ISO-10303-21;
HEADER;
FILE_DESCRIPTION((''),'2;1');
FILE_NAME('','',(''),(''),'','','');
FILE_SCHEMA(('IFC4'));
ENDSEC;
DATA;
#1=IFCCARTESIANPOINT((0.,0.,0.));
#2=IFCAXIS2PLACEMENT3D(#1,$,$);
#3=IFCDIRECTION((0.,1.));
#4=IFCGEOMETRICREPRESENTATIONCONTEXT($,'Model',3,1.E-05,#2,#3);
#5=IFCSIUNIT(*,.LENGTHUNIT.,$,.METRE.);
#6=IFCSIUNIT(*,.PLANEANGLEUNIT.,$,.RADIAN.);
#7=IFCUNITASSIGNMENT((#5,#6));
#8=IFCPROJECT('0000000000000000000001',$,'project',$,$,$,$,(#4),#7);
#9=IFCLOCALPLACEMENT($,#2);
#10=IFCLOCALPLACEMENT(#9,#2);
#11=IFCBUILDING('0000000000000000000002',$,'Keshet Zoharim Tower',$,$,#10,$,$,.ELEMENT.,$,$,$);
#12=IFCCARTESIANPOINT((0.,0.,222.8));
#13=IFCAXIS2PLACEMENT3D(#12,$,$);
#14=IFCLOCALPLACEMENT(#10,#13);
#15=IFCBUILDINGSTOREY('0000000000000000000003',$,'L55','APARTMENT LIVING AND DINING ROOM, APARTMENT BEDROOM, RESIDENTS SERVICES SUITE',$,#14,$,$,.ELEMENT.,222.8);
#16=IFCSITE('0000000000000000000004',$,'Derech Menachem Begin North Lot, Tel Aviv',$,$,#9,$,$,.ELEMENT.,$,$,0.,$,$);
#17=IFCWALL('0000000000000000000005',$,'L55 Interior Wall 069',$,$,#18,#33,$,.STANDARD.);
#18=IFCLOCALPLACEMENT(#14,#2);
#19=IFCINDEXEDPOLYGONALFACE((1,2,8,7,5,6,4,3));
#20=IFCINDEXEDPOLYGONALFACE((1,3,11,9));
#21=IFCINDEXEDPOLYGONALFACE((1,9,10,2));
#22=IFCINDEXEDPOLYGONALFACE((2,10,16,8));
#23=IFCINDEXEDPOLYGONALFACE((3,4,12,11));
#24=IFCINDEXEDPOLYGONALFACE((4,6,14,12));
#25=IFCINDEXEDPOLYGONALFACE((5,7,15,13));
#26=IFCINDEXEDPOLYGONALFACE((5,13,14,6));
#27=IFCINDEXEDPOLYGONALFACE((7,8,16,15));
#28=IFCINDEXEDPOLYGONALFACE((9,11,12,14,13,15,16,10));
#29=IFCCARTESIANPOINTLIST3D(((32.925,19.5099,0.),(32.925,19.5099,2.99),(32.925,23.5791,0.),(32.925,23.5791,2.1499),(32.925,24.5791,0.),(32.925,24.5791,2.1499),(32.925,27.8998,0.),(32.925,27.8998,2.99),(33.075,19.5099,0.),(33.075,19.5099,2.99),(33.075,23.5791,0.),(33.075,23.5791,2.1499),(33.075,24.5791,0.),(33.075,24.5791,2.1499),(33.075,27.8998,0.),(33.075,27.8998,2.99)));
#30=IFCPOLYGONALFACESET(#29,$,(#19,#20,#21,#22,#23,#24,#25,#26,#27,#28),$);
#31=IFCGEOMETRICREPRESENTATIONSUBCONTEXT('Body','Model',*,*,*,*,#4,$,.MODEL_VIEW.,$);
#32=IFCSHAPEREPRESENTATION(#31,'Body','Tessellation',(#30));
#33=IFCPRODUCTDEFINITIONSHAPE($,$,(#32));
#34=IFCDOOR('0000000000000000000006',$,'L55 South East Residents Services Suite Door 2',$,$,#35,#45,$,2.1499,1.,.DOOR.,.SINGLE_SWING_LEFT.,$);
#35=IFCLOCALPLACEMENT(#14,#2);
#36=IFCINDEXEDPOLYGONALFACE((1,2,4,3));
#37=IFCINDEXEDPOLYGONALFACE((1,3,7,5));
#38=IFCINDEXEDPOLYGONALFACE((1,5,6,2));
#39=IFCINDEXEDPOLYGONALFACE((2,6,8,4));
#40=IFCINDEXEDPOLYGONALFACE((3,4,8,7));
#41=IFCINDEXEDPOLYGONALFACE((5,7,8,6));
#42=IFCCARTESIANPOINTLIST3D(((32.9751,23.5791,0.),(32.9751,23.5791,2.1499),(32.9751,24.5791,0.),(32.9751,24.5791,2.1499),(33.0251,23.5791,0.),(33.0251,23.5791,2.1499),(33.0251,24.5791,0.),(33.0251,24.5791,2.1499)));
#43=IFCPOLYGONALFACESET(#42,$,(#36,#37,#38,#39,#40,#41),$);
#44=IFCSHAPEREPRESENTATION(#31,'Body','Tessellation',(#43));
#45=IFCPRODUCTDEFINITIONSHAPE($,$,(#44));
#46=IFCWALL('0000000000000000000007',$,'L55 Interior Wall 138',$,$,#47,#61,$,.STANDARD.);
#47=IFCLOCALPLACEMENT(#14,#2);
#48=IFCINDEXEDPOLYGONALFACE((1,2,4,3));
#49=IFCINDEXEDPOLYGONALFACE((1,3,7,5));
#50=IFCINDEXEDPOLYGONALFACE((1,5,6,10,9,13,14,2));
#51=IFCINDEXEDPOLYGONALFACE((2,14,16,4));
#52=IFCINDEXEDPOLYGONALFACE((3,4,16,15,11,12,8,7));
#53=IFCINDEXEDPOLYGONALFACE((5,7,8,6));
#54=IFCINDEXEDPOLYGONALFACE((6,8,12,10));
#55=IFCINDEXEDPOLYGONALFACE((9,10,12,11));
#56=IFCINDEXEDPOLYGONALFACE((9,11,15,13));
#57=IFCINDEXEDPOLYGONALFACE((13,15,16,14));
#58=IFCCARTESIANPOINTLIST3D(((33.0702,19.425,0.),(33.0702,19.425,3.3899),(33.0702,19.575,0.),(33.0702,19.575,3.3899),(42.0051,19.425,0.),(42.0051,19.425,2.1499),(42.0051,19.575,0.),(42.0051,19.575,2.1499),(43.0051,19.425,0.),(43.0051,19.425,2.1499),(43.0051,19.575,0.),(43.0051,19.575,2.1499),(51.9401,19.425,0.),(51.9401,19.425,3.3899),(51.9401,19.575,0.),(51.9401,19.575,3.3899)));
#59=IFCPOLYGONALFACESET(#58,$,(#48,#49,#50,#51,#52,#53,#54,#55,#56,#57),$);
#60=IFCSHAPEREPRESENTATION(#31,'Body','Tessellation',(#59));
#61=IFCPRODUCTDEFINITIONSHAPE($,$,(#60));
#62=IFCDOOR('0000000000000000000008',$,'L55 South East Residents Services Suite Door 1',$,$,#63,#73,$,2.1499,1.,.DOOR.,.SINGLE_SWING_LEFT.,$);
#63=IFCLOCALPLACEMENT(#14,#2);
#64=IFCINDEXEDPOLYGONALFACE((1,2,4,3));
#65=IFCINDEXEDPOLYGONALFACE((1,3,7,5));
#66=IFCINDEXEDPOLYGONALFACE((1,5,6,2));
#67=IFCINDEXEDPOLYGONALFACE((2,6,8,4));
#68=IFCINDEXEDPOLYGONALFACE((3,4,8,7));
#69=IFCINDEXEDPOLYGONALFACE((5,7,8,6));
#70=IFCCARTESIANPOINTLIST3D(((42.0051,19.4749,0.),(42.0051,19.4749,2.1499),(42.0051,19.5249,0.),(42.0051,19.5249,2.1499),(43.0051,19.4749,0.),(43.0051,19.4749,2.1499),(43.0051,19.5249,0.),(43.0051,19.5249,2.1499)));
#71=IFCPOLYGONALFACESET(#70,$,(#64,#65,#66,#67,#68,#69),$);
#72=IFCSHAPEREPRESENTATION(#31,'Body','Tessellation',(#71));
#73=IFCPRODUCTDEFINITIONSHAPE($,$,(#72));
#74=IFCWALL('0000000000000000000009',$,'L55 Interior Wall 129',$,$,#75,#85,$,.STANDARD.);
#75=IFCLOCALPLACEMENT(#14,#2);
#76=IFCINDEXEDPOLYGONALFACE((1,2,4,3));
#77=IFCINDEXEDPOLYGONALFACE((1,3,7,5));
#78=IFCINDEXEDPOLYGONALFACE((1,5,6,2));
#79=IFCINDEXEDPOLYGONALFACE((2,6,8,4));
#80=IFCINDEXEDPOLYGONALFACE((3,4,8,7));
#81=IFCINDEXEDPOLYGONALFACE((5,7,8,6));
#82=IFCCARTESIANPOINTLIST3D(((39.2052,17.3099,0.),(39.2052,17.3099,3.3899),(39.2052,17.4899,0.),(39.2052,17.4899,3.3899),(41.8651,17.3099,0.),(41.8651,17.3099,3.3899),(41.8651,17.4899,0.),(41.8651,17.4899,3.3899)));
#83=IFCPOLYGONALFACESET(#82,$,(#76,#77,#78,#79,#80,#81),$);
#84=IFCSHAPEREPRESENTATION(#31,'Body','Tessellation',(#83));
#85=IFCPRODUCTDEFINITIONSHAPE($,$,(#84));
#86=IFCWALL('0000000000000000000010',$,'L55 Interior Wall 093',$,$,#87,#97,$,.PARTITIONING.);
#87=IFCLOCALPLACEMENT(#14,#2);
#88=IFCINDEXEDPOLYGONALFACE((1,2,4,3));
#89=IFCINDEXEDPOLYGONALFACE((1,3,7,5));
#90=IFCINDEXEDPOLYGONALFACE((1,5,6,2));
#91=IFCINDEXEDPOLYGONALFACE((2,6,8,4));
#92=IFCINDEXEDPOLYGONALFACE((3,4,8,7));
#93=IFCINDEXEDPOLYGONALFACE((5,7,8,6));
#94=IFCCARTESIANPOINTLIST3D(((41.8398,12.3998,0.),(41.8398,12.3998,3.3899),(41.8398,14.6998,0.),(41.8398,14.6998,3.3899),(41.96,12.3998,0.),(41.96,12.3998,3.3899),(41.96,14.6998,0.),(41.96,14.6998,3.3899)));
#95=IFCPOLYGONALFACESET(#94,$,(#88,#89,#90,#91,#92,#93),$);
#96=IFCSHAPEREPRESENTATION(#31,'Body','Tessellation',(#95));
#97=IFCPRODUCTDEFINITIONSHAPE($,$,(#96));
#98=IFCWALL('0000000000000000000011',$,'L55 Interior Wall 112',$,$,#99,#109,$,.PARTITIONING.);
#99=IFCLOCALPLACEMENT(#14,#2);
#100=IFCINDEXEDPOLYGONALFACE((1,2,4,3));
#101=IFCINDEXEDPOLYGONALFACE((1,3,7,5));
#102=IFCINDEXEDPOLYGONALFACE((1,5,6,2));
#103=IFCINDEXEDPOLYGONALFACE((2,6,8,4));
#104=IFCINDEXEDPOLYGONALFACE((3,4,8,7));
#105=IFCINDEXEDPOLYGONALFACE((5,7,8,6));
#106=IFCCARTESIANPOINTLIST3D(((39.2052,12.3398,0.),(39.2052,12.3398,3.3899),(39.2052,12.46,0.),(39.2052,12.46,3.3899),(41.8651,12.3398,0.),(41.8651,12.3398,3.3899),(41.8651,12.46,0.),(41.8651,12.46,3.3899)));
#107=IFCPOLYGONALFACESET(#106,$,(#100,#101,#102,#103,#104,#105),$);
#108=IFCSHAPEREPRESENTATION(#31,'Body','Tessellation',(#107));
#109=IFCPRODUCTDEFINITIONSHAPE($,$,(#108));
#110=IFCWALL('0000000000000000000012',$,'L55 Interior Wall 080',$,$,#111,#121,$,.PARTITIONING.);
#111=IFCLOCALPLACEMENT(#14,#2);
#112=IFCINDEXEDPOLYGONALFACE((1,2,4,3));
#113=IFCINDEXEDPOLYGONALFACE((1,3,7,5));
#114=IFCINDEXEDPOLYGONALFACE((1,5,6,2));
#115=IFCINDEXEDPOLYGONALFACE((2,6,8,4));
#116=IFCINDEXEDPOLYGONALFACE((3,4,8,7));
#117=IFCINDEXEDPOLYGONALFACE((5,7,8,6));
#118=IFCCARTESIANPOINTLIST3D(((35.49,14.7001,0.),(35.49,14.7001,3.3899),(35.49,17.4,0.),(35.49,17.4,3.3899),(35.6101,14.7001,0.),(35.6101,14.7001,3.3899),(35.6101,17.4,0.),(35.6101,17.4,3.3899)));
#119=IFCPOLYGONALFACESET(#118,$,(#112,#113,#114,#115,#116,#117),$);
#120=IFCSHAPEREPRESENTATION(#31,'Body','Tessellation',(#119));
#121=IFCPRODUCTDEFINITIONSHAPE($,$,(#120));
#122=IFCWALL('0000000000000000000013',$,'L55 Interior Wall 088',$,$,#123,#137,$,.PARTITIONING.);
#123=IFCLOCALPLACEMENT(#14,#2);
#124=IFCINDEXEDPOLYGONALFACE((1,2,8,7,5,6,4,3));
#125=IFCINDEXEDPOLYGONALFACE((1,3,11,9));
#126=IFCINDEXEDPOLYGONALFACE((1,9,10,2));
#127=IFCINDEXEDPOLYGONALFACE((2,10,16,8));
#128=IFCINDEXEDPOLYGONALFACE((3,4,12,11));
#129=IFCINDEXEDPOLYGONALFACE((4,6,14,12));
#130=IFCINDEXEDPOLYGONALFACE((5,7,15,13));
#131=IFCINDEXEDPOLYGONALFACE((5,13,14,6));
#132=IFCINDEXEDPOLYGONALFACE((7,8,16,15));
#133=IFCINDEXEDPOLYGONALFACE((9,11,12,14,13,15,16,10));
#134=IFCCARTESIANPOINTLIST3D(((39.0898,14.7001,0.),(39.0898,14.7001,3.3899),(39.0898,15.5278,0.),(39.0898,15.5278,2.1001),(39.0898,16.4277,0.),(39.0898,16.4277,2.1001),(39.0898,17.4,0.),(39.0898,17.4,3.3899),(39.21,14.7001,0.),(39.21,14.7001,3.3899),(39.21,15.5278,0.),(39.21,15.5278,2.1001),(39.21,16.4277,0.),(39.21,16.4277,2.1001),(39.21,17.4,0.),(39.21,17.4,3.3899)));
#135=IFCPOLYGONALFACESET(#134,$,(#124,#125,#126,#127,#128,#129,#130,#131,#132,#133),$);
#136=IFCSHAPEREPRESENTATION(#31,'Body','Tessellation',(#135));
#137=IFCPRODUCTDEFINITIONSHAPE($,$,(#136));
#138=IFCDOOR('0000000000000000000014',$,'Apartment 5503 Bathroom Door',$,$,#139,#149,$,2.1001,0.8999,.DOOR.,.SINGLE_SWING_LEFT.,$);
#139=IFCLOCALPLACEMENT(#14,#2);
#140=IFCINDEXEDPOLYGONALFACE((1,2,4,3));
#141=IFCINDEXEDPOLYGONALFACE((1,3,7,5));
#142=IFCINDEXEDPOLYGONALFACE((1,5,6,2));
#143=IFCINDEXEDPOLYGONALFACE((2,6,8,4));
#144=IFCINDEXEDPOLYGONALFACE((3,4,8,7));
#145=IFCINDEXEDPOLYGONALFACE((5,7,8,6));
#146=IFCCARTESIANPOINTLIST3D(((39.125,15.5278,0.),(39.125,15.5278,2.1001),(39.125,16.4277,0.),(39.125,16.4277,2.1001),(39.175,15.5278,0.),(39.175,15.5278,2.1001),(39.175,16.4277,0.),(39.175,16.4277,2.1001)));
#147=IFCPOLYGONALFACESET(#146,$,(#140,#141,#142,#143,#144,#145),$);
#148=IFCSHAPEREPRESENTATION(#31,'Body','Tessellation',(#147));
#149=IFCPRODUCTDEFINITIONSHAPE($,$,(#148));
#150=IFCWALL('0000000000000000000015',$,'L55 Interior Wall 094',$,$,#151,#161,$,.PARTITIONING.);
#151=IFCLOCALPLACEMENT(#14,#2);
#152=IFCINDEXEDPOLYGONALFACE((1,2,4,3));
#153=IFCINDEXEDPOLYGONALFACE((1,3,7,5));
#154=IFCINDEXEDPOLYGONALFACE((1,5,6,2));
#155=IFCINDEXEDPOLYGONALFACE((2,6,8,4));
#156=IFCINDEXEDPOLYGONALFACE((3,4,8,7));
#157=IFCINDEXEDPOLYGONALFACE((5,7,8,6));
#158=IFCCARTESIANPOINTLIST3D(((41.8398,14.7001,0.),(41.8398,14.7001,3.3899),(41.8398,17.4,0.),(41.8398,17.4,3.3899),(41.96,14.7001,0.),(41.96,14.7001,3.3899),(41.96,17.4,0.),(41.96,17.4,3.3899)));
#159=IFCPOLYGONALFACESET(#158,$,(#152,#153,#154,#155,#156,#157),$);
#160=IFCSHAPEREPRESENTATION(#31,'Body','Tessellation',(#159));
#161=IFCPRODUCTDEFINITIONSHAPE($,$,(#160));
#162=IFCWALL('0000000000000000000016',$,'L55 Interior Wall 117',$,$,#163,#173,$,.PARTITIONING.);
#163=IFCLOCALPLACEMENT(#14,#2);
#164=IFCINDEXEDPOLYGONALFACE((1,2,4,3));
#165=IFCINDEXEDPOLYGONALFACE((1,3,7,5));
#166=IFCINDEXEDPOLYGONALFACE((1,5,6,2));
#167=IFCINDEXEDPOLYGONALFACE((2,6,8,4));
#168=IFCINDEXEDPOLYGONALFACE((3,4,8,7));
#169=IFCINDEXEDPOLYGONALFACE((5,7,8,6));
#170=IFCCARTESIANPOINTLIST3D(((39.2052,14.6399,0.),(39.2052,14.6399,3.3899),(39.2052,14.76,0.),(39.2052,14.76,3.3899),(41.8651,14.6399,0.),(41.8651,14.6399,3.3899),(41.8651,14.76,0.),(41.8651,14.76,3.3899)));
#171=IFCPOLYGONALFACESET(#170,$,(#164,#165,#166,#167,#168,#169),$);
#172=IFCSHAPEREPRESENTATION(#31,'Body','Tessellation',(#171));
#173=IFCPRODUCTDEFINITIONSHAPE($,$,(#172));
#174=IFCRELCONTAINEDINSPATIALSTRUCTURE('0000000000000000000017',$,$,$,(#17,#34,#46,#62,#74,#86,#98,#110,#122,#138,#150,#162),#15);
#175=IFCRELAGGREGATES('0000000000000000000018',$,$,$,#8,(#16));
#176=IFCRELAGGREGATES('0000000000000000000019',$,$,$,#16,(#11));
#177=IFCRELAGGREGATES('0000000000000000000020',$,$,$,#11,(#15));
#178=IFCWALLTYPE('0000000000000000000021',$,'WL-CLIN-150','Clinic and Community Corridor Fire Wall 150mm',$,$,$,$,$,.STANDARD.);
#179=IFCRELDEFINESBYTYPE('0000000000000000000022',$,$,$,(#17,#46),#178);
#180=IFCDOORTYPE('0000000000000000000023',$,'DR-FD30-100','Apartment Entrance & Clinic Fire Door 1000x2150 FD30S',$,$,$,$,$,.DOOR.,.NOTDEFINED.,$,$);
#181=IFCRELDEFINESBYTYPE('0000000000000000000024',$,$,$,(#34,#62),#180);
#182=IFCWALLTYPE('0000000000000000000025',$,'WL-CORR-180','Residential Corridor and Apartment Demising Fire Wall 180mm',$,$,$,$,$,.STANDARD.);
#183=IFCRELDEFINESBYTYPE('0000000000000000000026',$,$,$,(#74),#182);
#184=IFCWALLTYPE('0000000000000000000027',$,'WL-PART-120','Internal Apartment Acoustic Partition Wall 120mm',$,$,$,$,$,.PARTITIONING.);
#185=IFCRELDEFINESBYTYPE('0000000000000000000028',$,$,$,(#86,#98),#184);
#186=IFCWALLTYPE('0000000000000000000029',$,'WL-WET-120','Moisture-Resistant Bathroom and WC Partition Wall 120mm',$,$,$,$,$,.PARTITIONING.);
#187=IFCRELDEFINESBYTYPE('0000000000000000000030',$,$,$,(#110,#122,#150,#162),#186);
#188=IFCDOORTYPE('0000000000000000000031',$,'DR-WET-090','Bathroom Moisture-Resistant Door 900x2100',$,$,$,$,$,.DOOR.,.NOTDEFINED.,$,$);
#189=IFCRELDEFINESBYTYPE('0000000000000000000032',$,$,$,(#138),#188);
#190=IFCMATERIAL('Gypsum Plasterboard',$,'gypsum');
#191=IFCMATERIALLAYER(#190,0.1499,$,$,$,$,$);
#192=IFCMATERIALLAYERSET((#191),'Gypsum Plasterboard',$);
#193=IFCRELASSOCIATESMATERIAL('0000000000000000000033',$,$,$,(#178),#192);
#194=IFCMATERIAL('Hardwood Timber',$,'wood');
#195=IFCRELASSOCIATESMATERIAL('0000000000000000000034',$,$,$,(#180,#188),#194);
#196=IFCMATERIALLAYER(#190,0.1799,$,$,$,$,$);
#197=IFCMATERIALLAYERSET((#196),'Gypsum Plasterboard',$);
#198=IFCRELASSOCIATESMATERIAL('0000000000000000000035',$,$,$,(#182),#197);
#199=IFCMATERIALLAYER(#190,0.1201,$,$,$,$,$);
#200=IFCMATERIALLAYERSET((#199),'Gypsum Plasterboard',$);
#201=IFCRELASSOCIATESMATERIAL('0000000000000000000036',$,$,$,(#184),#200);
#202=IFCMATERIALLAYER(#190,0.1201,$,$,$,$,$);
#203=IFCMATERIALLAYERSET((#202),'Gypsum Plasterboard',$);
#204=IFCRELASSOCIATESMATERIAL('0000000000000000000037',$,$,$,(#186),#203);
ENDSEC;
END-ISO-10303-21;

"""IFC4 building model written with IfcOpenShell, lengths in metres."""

from ifc_helpers import new_model, si_unit, direction, frame, frame_2d, origin, place, context, subcontext, project, spatial, rectangle, extrude, material, layer, layer_set, type_object, element, fill, save


model = new_model("IFC4")

# Units and contexts
model_context = context("Model", 3, precision=1e-05, world=origin(), true_north=direction((0.0, 1.0)))
body_context = subcontext(model_context, "Body", "Model", "MODEL_VIEW")
ifc_project = project(units=[si_unit("LENGTHUNIT", "METRE"), si_unit("PLANEANGLEUNIT", "RADIAN")], contexts=[model_context])

# Site, building, storey
site_placement = place(None, origin())
site = spatial("IfcSite", under=ifc_project, at=site_placement, Name="Derech Menachem Begin North Lot, Tel Aviv", CompositionType="ELEMENT", RefElevation=0.0)
building_placement = place(site_placement, origin())
building = spatial("IfcBuilding", under=site, at=building_placement, Name="Keshet Zoharim Tower", CompositionType="ELEMENT")
storey_placement = place(building_placement, frame((0.0, 0.0, 222.8)))
storey = spatial("IfcBuildingStorey", under=building, at=storey_placement, Name="L55", Description="APARTMENT LIVING AND DINING ROOM, APARTMENT BEDROOM, RESIDENTS SERVICES SUITE", CompositionType="ELEMENT", Elevation=222.8)

# Walls, openings, doors
ifc_material_1 = material(Name="Gypsum Plasterboard", Category="gypsum")
ifc_layer_1 = layer(ifc_material_1, 0.1499)
ifc_layer_set_1 = layer_set([ifc_layer_1], Name="Gypsum Plasterboard")
wall_type_1 = type_object("IfcWallType", Name="WL-CLIN-150", Description="Clinic and Community Corridor Fire Wall 150mm", PredefinedType="STANDARD", material=ifc_layer_set_1)
wall_1_placement = place(storey_placement, frame((33.0, 19.51, 0.0), z_axis=(0.0, 0.0, 1.0), x_axis=(0.0, 1.0, 0.0)))
wall_1 = element("IfcWall", 1, at=wall_1_placement, inside=storey, type_object=wall_type_1, Name="L55 Interior Wall 069", PredefinedType="STANDARD", context=body_context, shape_type="SweptSolid", body=[
    extrude(rectangle(XDim=8.3899, YDim=0.1499, at=frame_2d((4.1948, 0.0))), origin(), (0.0, 0.0, 1.0), 2.99),
])
opening_1_placement = place(wall_1_placement, frame((4.0691, 0.0, 0.0)))
opening_1 = element("IfcOpeningElement", 2, at=opening_1_placement, cuts=wall_1, PredefinedType="OPENING", context=body_context, shape_type="SweptSolid", body=[
    extrude(rectangle(XDim=1.0, YDim=2.1499, at=frame_2d((0.5, 1.075))), frame((0.0, 0.085, 0.0), z_axis=(0.0, -1.0, 0.0), x_axis=(1.0, 0.0, 0.0)), (0.0, 0.0, 1.0), 0.1699),
])
ifc_material_2 = material(Name="Hardwood Timber", Category="wood")
door_type_1 = type_object("IfcDoorType", Name="DR-FD30-100", Description="Apartment Entrance & Clinic Fire Door 1000x2150 FD30S", OperationType="NOTDEFINED", PredefinedType="DOOR", material=ifc_material_2)
door_1_placement = place(opening_1_placement, origin())
door_1 = element("IfcDoor", 3, at=door_1_placement, inside=storey, type_object=door_type_1, Name="L55 South East Residents Services Suite Door 2", OperationType="SINGLE_SWING_LEFT", OverallHeight=2.1499, OverallWidth=1.0, PredefinedType="DOOR", context=body_context, shape_type="SweptSolid", body=[
    extrude(rectangle(XDim=1.0, YDim=2.1499, at=frame_2d((0.5, 1.075))), frame((0.0, 0.0249, 0.0), z_axis=(0.0, -1.0, 0.0), x_axis=(1.0, 0.0, 0.0)), (0.0, 0.0, 1.0), 0.05),
])
fill(opening_1, door_1)
wall_2_placement = place(storey_placement, frame((33.0701, 19.5, 0.0), z_axis=(0.0, 0.0, 1.0), x_axis=(1.0, 0.0, 0.0)))
wall_2 = element("IfcWall", 4, at=wall_2_placement, inside=storey, type_object=wall_type_1, Name="L55 Interior Wall 138", PredefinedType="STANDARD", context=body_context, shape_type="SweptSolid", body=[
    extrude(rectangle(XDim=18.8699, YDim=0.1499, at=frame_2d((9.4351, 0.0))), origin(), (0.0, 0.0, 1.0), 3.3899),
])
opening_2_placement = place(wall_2_placement, frame((8.9351, 0.0, 0.0)))
opening_2 = element("IfcOpeningElement", 5, at=opening_2_placement, cuts=wall_2, PredefinedType="OPENING", context=body_context, shape_type="SweptSolid", body=[
    extrude(rectangle(XDim=1.0, YDim=2.1499, at=frame_2d((0.5, 1.075))), frame((0.0, 0.085, 0.0), z_axis=(0.0, -1.0, 0.0), x_axis=(1.0, 0.0, 0.0)), (0.0, 0.0, 1.0), 0.1699),
])
door_2_placement = place(opening_2_placement, origin())
door_2 = element("IfcDoor", 6, at=door_2_placement, inside=storey, type_object=door_type_1, Name="L55 South East Residents Services Suite Door 1", OperationType="SINGLE_SWING_LEFT", OverallHeight=2.1499, OverallWidth=1.0, PredefinedType="DOOR", context=body_context, shape_type="SweptSolid", body=[
    extrude(rectangle(XDim=1.0, YDim=2.1499, at=frame_2d((0.5, 1.075))), frame((0.0, 0.0249, 0.0), z_axis=(0.0, -1.0, 0.0), x_axis=(1.0, 0.0, 0.0)), (0.0, 0.0, 1.0), 0.05),
])
fill(opening_2, door_2)
ifc_layer_2 = layer(ifc_material_1, 0.1799)
ifc_layer_set_2 = layer_set([ifc_layer_2], Name="Gypsum Plasterboard")
wall_type_2 = type_object("IfcWallType", Name="WL-CORR-180", Description="Residential Corridor and Apartment Demising Fire Wall 180mm", PredefinedType="STANDARD", material=ifc_layer_set_2)

# Wall
wall_3_placement = place(storey_placement, frame((39.2051, 17.3999, 0.0), z_axis=(0.0, 0.0, 1.0), x_axis=(1.0, 0.0, 0.0)))
element("IfcWall", 7, at=wall_3_placement, inside=storey, type_object=wall_type_2, Name="L55 Interior Wall 129", PredefinedType="STANDARD", context=body_context, shape_type="SweptSolid", body=[
    extrude(rectangle(XDim=2.6599, YDim=0.1799, at=frame_2d((1.3301, 0.0))), origin(), (0.0, 0.0, 1.0), 3.3899),
])

# Shared definitions
ifc_layer_3 = layer(ifc_material_1, 0.1201)
ifc_layer_set_3 = layer_set([ifc_layer_3], Name="Gypsum Plasterboard")
wall_type_3 = type_object("IfcWallType", Name="WL-PART-120", Description="Internal Apartment Acoustic Partition Wall 120mm", PredefinedType="PARTITIONING", material=ifc_layer_set_3)

# Walls
wall_4_placement = place(storey_placement, frame((41.8999, 12.3999, 0.0), z_axis=(0.0, 0.0, 1.0), x_axis=(0.0, 1.0, 0.0)))
element("IfcWall", 8, at=wall_4_placement, inside=storey, type_object=wall_type_3, Name="L55 Interior Wall 093", PredefinedType="PARTITIONING", context=body_context, shape_type="SweptSolid", body=[
    extrude(rectangle(XDim=2.3, YDim=0.1201, at=frame_2d((1.1499, 0.0))), origin(), (0.0, 0.0, 1.0), 3.3899),
])
wall_5_placement = place(storey_placement, frame((39.2051, 12.3999, 0.0), z_axis=(0.0, 0.0, 1.0), x_axis=(1.0, 0.0, 0.0)))
element("IfcWall", 9, at=wall_5_placement, inside=storey, type_object=wall_type_3, Name="L55 Interior Wall 112", PredefinedType="PARTITIONING", context=body_context, shape_type="SweptSolid", body=[
    extrude(rectangle(XDim=2.6599, YDim=0.1201, at=frame_2d((1.3301, 0.0))), origin(), (0.0, 0.0, 1.0), 3.3899),
])
ifc_layer_4 = layer(ifc_material_1, 0.1201)
ifc_layer_set_4 = layer_set([ifc_layer_4], Name="Gypsum Plasterboard")
wall_type_4 = type_object("IfcWallType", Name="WL-WET-120", Description="Moisture-Resistant Bathroom and WC Partition Wall 120mm", PredefinedType="PARTITIONING", material=ifc_layer_set_4)
wall_6_placement = place(storey_placement, frame((35.55, 14.7, 0.0), z_axis=(0.0, 0.0, 1.0), x_axis=(0.0, 1.0, 0.0)))
element("IfcWall", 10, at=wall_6_placement, inside=storey, type_object=wall_type_4, Name="L55 Interior Wall 080", PredefinedType="PARTITIONING", context=body_context, shape_type="SweptSolid", body=[
    extrude(rectangle(XDim=2.7, YDim=0.1201, at=frame_2d((1.3501, 0.0))), origin(), (0.0, 0.0, 1.0), 3.3899),
])

# Wall, opening, door
wall_7_placement = place(storey_placement, frame((39.1499, 14.7, 0.0), z_axis=(0.0, 0.0, 1.0), x_axis=(0.0, 1.0, 0.0)))
wall_7 = element("IfcWall", 11, at=wall_7_placement, inside=storey, type_object=wall_type_4, Name="L55 Interior Wall 088", PredefinedType="PARTITIONING", context=body_context, shape_type="SweptSolid", body=[
    extrude(rectangle(XDim=2.7, YDim=0.1201, at=frame_2d((1.3501, 0.0))), origin(), (0.0, 0.0, 1.0), 3.3899),
])
opening_3_placement = place(wall_7_placement, frame((0.8279, 0.0, 0.0)))
opening_3 = element("IfcOpeningElement", 12, at=opening_3_placement, cuts=wall_7, PredefinedType="OPENING", context=body_context, shape_type="SweptSolid", body=[
    extrude(rectangle(XDim=0.8999, YDim=2.1001, at=frame_2d((0.45, 1.05))), frame((0.0, 0.0701, 0.0), z_axis=(0.0, -1.0, 0.0), x_axis=(1.0, 0.0, 0.0)), (0.0, 0.0, 1.0), 0.1401),
])
door_type_2 = type_object("IfcDoorType", Name="DR-WET-090", Description="Bathroom Moisture-Resistant Door 900x2100", OperationType="NOTDEFINED", PredefinedType="DOOR", material=ifc_material_2)
door_3_placement = place(opening_3_placement, origin())
door_3 = element("IfcDoor", 13, at=door_3_placement, inside=storey, type_object=door_type_2, Name="Apartment 5503 Bathroom Door", OperationType="SINGLE_SWING_LEFT", OverallHeight=2.1001, OverallWidth=0.8999, PredefinedType="DOOR", context=body_context, shape_type="SweptSolid", body=[
    extrude(rectangle(XDim=0.8999, YDim=2.1001, at=frame_2d((0.45, 1.05))), frame((0.0, 0.0249, 0.0), z_axis=(0.0, -1.0, 0.0), x_axis=(1.0, 0.0, 0.0)), (0.0, 0.0, 1.0), 0.05),
])
fill(opening_3, door_3)

# Walls
wall_8_placement = place(storey_placement, frame((41.8999, 14.7, 0.0), z_axis=(0.0, 0.0, 1.0), x_axis=(0.0, 1.0, 0.0)))
element("IfcWall", 14, at=wall_8_placement, inside=storey, type_object=wall_type_4, Name="L55 Interior Wall 094", PredefinedType="PARTITIONING", context=body_context, shape_type="SweptSolid", body=[
    extrude(rectangle(XDim=2.7, YDim=0.1201, at=frame_2d((1.3501, 0.0))), origin(), (0.0, 0.0, 1.0), 3.3899),
])
wall_9_placement = place(storey_placement, frame((39.2051, 14.7, 0.0), z_axis=(0.0, 0.0, 1.0), x_axis=(1.0, 0.0, 0.0)))
element("IfcWall", 15, at=wall_9_placement, inside=storey, type_object=wall_type_4, Name="L55 Interior Wall 117", PredefinedType="PARTITIONING", context=body_context, shape_type="SweptSolid", body=[
    extrude(rectangle(XDim=2.6599, YDim=0.1201, at=frame_2d((1.3301, 0.0))), origin(), (0.0, 0.0, 1.0), 3.3899),
])

save(model, "model.ifc")
